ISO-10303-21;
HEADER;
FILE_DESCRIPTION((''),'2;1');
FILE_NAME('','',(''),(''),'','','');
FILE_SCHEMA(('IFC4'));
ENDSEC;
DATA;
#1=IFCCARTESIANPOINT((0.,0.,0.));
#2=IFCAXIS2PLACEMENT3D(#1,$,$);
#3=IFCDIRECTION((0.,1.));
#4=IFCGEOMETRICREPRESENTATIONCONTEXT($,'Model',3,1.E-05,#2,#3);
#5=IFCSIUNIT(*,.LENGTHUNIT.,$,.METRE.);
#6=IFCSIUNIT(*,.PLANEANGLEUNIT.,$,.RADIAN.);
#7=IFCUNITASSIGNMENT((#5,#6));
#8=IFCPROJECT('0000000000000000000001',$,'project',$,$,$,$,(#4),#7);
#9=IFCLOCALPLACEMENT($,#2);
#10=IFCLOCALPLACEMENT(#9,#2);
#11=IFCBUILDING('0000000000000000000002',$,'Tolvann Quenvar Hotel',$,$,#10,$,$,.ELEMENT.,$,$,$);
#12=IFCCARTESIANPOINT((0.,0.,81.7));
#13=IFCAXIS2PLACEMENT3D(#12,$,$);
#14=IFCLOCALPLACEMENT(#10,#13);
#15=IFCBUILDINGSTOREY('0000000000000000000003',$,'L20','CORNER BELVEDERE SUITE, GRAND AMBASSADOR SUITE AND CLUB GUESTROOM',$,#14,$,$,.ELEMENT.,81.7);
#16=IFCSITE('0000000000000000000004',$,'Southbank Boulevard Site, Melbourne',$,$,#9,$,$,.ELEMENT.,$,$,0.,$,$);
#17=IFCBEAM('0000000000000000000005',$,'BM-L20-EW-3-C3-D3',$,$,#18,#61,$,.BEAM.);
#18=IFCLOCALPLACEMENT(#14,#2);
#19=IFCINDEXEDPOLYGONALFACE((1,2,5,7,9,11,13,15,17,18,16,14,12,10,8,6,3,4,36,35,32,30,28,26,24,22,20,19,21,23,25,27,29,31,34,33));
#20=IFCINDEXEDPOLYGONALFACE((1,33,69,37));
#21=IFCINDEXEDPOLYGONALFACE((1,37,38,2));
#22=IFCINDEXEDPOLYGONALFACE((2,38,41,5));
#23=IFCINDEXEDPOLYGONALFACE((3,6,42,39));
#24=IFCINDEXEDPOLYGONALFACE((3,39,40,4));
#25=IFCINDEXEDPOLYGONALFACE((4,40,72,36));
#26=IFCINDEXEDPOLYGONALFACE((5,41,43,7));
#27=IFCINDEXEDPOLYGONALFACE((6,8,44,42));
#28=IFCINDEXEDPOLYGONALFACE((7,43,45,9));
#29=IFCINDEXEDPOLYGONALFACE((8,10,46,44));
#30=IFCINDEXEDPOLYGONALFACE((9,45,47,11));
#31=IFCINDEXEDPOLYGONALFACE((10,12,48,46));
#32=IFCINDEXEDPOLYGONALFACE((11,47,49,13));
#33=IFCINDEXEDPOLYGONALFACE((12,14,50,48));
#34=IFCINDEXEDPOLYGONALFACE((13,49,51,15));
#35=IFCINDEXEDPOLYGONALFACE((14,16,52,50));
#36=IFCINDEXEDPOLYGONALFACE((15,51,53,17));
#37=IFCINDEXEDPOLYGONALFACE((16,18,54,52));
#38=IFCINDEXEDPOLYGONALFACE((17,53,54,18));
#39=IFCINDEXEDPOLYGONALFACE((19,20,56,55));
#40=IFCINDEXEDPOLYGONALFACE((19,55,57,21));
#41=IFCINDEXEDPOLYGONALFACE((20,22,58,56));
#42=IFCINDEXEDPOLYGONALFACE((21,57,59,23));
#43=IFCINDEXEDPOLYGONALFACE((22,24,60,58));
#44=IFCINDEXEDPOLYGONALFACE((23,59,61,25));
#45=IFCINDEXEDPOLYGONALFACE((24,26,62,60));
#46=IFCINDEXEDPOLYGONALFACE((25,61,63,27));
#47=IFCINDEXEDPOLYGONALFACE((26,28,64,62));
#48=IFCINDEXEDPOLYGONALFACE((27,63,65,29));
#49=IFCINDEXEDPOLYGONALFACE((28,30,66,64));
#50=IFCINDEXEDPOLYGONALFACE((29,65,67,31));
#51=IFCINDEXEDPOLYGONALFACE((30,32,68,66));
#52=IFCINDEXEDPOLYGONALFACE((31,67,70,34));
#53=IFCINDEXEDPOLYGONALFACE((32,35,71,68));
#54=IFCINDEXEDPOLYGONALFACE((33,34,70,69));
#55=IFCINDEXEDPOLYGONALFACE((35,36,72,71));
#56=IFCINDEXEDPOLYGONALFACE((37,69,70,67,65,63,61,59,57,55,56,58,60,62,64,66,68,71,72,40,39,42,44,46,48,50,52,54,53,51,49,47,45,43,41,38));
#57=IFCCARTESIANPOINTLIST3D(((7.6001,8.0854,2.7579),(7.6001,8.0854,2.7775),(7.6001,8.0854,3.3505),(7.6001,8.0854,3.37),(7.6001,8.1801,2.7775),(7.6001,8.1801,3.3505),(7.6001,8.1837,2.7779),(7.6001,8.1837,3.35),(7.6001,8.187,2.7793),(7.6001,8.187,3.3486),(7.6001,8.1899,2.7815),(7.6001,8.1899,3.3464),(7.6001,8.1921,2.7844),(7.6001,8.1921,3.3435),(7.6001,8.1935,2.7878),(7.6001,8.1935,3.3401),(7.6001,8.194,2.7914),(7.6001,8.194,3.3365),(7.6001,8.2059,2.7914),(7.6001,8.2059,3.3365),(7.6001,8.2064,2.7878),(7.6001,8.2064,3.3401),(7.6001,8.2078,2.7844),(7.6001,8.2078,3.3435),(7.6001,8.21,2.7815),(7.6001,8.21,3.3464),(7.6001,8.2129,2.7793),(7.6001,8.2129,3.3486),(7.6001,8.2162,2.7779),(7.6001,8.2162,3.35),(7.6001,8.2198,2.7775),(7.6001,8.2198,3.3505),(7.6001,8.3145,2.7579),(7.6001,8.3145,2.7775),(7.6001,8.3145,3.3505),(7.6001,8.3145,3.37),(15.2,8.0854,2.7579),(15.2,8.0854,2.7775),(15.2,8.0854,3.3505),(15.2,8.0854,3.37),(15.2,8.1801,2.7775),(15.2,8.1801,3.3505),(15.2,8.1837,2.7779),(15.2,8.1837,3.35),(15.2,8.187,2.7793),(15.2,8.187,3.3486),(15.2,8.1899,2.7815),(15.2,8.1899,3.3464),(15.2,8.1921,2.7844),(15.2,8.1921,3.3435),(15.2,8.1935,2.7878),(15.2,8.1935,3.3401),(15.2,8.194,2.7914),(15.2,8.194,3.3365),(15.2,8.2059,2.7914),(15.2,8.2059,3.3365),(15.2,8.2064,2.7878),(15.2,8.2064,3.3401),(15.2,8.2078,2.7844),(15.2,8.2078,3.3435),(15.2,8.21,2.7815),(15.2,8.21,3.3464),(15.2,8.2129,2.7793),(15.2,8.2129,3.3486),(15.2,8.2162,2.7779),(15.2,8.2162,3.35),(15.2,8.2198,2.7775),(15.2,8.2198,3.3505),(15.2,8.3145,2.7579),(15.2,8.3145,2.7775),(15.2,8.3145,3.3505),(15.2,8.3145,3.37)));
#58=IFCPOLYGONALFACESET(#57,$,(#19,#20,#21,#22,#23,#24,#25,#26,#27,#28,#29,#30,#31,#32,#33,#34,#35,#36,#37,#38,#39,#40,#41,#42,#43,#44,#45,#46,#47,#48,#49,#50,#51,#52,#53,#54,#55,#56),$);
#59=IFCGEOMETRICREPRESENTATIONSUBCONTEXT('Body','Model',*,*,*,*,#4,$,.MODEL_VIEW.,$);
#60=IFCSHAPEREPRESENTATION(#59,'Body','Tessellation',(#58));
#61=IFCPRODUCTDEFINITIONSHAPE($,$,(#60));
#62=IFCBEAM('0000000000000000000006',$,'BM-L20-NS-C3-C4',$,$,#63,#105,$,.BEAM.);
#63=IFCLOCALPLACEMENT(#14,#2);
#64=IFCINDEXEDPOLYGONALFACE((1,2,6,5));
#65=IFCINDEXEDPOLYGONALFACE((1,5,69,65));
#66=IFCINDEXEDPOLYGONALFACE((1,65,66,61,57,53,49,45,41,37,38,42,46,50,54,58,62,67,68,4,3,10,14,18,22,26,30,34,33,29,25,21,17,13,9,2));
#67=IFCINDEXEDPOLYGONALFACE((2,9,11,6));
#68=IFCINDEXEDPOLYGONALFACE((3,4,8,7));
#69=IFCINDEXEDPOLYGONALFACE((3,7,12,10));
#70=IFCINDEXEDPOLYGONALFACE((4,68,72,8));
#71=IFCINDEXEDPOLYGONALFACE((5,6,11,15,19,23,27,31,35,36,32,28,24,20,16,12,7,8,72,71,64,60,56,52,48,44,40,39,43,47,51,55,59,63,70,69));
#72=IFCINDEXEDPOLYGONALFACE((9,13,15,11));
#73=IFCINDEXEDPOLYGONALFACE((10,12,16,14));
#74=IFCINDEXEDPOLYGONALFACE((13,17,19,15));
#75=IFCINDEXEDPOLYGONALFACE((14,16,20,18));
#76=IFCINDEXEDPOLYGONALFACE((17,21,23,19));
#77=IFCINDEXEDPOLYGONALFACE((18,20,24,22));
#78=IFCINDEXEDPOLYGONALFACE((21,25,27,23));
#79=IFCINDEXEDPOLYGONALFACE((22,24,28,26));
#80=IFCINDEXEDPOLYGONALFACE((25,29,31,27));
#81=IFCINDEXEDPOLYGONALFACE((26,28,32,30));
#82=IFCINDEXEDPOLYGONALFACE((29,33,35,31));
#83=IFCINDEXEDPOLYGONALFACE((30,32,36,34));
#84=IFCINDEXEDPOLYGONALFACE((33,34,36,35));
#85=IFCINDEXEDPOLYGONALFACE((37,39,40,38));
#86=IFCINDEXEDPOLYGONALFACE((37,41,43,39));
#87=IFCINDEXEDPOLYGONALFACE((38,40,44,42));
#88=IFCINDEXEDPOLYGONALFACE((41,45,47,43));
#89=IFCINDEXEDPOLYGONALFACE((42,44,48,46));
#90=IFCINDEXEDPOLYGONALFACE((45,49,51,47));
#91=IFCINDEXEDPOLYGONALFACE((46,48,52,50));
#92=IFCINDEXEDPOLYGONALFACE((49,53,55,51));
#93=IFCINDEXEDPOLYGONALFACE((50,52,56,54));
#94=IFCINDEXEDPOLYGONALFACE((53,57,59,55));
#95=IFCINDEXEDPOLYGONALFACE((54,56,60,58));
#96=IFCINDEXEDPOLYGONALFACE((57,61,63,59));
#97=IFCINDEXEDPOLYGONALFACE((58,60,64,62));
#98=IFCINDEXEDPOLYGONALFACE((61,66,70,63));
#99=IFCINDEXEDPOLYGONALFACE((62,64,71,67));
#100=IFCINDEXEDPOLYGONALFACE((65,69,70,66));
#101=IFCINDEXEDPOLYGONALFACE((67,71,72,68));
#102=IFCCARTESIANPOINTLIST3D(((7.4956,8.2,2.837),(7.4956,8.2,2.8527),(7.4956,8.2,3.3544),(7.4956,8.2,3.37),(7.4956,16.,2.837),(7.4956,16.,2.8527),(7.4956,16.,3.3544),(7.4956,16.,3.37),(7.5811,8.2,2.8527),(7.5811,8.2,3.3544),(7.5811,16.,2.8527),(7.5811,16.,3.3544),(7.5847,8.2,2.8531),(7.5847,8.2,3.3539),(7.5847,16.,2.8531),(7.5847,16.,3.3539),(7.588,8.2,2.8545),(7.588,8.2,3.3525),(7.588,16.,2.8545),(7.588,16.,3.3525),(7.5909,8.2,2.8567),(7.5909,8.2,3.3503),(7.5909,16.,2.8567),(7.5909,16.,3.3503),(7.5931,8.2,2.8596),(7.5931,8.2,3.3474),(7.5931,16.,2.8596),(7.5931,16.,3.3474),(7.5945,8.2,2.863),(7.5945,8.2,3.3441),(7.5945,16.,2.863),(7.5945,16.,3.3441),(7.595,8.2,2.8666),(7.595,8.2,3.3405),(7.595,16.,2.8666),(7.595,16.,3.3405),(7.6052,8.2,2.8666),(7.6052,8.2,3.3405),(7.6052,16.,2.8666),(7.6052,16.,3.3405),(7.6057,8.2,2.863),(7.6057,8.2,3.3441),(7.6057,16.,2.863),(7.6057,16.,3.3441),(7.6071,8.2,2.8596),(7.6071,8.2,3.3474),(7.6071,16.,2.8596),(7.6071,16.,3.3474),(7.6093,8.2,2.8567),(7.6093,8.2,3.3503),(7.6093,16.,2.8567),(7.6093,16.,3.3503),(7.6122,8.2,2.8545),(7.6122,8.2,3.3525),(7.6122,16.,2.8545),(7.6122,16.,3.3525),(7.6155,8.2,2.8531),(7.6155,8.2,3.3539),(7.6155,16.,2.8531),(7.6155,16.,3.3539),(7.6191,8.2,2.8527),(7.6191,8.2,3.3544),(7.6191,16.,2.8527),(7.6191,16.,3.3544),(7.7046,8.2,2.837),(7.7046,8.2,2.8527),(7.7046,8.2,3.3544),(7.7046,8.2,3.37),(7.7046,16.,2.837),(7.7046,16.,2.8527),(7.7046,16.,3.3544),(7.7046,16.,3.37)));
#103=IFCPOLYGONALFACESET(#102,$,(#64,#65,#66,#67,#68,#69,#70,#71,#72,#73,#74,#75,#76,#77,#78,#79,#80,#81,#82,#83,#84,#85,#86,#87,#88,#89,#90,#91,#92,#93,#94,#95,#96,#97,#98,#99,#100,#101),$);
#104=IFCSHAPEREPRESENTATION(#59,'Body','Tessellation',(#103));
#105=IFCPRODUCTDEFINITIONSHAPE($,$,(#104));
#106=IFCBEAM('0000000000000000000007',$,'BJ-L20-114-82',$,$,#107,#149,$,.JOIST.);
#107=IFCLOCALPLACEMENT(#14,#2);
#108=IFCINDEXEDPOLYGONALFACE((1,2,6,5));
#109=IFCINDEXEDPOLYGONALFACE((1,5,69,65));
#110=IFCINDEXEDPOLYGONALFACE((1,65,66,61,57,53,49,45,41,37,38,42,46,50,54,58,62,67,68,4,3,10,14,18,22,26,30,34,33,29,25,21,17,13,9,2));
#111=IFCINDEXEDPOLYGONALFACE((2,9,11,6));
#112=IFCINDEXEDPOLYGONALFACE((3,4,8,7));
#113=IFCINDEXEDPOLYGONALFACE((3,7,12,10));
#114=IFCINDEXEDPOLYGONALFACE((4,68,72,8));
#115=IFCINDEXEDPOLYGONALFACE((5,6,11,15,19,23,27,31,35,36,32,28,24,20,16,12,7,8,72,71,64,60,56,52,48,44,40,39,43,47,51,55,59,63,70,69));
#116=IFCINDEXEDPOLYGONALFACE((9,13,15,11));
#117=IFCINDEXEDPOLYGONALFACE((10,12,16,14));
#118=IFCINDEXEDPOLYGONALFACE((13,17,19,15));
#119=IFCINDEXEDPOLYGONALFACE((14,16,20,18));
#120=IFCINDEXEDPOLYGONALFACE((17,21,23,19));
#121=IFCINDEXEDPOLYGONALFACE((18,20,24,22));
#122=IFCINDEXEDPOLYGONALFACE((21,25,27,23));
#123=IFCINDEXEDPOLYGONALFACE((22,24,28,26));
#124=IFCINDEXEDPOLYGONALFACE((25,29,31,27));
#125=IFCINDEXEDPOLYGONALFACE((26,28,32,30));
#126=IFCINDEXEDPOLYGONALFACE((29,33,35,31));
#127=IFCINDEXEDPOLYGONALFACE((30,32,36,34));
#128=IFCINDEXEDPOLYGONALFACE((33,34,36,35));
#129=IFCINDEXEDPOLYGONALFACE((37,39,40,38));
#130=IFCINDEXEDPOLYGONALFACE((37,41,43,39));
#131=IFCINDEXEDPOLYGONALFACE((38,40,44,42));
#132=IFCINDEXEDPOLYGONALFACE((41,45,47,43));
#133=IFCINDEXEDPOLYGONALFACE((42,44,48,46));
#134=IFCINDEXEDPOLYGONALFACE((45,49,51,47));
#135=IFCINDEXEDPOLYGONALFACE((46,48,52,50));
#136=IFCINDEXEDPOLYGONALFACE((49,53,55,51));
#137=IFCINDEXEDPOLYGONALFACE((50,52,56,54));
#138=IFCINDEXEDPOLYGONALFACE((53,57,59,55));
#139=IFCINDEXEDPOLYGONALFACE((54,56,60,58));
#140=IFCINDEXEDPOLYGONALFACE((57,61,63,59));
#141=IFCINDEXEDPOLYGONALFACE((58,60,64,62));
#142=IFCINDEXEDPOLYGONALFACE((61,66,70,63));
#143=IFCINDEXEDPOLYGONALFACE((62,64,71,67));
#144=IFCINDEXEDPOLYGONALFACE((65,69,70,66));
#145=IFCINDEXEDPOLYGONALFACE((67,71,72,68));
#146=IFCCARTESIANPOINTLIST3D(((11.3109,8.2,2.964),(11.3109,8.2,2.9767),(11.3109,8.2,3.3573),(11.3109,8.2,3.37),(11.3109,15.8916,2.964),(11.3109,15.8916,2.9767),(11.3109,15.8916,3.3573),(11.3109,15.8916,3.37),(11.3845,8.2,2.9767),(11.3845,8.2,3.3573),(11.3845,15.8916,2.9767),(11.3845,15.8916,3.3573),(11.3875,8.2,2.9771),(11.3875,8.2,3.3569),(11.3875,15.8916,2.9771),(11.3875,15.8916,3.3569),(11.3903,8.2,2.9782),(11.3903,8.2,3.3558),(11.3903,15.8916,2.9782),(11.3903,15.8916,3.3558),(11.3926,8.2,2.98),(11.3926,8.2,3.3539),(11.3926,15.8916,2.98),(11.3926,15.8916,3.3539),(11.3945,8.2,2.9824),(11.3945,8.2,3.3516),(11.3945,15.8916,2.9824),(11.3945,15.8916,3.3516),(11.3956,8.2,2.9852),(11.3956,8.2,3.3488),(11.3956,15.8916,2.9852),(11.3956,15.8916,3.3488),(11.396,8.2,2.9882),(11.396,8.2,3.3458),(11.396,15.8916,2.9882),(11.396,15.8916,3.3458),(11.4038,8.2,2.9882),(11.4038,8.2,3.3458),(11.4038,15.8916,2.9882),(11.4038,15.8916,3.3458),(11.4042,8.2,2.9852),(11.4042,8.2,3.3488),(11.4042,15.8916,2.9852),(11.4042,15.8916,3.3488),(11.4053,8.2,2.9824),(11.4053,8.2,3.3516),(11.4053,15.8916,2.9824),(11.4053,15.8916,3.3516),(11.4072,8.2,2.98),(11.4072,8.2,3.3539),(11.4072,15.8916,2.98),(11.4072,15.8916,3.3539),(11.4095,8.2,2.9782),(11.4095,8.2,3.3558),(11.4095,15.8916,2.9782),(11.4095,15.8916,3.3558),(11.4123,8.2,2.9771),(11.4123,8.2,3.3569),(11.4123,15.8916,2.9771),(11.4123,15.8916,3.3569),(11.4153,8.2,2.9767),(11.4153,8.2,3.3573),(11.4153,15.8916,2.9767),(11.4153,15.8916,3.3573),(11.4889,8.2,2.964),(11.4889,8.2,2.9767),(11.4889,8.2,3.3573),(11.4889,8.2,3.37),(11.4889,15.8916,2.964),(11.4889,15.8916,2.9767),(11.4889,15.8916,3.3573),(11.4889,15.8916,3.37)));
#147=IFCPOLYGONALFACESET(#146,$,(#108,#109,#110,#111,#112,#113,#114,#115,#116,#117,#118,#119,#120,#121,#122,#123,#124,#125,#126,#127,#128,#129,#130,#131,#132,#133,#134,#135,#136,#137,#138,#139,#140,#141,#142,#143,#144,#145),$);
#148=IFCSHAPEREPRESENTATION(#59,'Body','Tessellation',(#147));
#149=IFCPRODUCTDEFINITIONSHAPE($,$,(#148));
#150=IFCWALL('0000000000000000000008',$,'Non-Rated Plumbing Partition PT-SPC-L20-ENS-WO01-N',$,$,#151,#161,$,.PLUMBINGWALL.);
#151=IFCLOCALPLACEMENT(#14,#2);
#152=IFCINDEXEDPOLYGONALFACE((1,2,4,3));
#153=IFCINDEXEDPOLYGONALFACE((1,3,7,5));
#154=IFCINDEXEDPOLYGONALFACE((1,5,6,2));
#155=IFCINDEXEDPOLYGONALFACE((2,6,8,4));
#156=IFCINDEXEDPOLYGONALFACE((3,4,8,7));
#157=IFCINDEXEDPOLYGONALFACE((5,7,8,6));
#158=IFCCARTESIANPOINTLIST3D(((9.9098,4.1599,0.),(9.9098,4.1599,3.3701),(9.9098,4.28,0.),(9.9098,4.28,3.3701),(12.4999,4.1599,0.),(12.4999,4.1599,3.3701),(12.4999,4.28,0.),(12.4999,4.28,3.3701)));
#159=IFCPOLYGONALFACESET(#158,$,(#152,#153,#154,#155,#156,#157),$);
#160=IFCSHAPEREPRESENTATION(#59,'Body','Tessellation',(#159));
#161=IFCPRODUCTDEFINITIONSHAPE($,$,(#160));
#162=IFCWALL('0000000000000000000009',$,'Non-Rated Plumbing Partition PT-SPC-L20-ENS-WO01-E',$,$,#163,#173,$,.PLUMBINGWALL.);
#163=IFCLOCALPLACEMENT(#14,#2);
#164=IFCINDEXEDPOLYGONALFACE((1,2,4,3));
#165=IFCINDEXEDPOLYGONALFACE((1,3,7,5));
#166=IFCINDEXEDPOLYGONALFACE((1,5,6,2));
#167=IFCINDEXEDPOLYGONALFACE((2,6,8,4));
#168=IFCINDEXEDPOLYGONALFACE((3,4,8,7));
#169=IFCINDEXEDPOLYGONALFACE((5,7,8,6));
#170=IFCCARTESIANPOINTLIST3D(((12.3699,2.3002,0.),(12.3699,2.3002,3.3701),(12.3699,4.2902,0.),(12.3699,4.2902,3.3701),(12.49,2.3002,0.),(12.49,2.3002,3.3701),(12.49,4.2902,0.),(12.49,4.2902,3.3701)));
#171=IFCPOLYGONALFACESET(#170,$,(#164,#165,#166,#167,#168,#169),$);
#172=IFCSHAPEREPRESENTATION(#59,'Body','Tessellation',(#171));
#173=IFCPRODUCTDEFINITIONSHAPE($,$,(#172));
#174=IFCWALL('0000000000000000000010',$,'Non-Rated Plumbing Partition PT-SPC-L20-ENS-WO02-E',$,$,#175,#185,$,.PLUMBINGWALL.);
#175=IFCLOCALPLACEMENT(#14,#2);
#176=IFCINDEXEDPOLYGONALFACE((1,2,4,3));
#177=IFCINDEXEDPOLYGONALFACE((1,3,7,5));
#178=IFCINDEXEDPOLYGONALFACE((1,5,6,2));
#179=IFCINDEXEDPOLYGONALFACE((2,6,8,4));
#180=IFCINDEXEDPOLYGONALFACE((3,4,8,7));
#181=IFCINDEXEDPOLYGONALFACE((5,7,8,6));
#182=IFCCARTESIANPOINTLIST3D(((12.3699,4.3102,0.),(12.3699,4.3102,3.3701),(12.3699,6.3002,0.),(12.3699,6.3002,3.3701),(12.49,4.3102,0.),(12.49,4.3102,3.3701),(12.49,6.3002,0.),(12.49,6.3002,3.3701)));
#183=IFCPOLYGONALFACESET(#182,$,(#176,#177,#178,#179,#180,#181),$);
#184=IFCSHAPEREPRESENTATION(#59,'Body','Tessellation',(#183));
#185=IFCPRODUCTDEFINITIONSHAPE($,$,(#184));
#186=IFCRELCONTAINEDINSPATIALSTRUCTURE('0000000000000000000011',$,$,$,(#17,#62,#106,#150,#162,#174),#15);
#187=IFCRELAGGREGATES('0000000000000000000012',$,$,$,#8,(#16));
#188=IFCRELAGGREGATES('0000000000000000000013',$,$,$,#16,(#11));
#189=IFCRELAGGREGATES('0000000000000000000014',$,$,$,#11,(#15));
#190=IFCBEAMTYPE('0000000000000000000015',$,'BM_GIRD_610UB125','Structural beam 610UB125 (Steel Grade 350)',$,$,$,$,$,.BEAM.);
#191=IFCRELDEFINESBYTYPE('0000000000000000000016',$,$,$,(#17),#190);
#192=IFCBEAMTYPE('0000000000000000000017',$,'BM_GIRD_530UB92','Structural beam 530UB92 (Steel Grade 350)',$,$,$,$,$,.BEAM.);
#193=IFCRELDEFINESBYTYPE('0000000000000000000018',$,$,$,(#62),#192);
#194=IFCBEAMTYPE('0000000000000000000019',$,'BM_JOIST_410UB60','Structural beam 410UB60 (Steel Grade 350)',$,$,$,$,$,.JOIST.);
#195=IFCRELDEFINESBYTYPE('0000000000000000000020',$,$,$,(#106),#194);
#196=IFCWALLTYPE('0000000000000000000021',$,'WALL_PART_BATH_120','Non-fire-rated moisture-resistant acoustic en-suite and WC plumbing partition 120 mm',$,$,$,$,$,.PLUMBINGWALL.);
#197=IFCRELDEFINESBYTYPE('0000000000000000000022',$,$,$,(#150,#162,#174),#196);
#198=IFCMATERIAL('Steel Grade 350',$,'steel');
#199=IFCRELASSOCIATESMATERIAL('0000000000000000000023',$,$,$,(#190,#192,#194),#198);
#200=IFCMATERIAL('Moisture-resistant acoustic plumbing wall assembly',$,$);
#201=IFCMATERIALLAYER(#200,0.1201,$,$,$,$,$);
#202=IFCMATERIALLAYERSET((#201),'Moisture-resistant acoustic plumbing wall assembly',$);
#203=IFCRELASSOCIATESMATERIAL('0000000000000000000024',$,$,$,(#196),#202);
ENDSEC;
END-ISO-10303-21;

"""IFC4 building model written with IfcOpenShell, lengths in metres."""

from ifc_helpers import new_model, si_unit, direction, frame, frame_2d, origin, origin_2d, place, context, subcontext, project, spatial, rectangle, i_section, extrude, source, transform, mapped, material, layer, layer_set, material_profile, profile_set, type_object, type_shapes, element, save


model = new_model("IFC4")

# Units and contexts
model_context = context("Model", 3, precision=1e-05, world=origin(), true_north=direction((0.0, 1.0)))
body_context = subcontext(model_context, "Body", "Model", "MODEL_VIEW")
ifc_project = project(units=[si_unit("LENGTHUNIT", "METRE"), si_unit("PLANEANGLEUNIT", "RADIAN")], contexts=[model_context])

# Site, building, storey
site_placement = place(None, origin())
site = spatial("IfcSite", under=ifc_project, at=site_placement, Name="Southbank Boulevard Site, Melbourne", CompositionType="ELEMENT", RefElevation=0.0)
building_placement = place(site_placement, origin())
building = spatial("IfcBuilding", under=site, at=building_placement, Name="Tolvann Quenvar Hotel", CompositionType="ELEMENT")
storey_placement = place(building_placement, frame((0.0, 0.0, 81.7)))
storey = spatial("IfcBuildingStorey", under=building, at=storey_placement, Name="L20", Description="CORNER BELVEDERE SUITE, GRAND AMBASSADOR SUITE AND CLUB GUESTROOM", CompositionType="ELEMENT", Elevation=81.7)

# Beams
ifc_material_1 = material(Name="Steel Grade 350", Category="steel")
ifc_material_profile_1 = material_profile(ifc_material_1, i_section(OverallWidth=0.229, OverallDepth=0.6121, WebThickness=0.012, FlangeThickness=0.0195, FilletRadius=0.0139, at=origin_2d()), Name="610UB125")
ifc_profile_set_1 = profile_set([ifc_material_profile_1], Name="Steel Grade 350")
beam_type_1 = type_object("IfcBeamType", Name="BM_GIRD_610UB125", Description="Structural beam 610UB125 (Steel Grade 350)", PredefinedType="BEAM", material=ifc_profile_set_1)
shared_shape_1 = source(origin(), body_context, "Body", "SweptSolid", [
    extrude(i_section(OverallWidth=0.229, OverallDepth=0.6121, WebThickness=0.012, FlangeThickness=0.0195, FilletRadius=0.0139, at=origin_2d()), origin(), (0.0, 0.0, 1.0), 7.5999),
])
type_shapes(beam_type_1, [shared_shape_1])
beam_1_placement = place(storey_placement, frame((7.6001, 8.2, 3.064), z_axis=(1.0, 0.0, 0.0), x_axis=(0.0, 1.0, 0.0)))
element("IfcBeam", 1, at=beam_1_placement, inside=storey, type_object=beam_type_1, Name="BM-L20-EW-3-C3-D3", PredefinedType="BEAM", context=body_context, shape_type="MappedRepresentation", body=[
    mapped(shared_shape_1, transform((0.0, 0.0, 0.0), x_axis=(1.0, 0.0, 0.0), y_axis=(0.0, 1.0, 0.0), z_axis=(0.0, 0.0, 1.0), scale=1.0)),
])
ifc_material_profile_2 = material_profile(ifc_material_1, i_section(OverallWidth=0.209, OverallDepth=0.533, WebThickness=0.0103, FlangeThickness=0.0156, FilletRadius=0.0139, at=origin_2d()), Name="530UB92")
ifc_profile_set_2 = profile_set([ifc_material_profile_2], Name="Steel Grade 350")
beam_type_2 = type_object("IfcBeamType", Name="BM_GIRD_530UB92", Description="Structural beam 530UB92 (Steel Grade 350)", PredefinedType="BEAM", material=ifc_profile_set_2)
shared_shape_2 = source(origin(), body_context, "Body", "SweptSolid", [
    extrude(i_section(OverallWidth=0.209, OverallDepth=0.533, WebThickness=0.0103, FlangeThickness=0.0156, FilletRadius=0.0139, at=origin_2d()), origin(), (0.0, 0.0, 1.0), 7.8),
])
type_shapes(beam_type_2, [shared_shape_2])
beam_2_placement = place(storey_placement, frame((7.6001, 8.2, 3.1035), z_axis=(0.0, 1.0, 0.0), x_axis=(-1.0, 0.0, 0.0)))
element("IfcBeam", 2, at=beam_2_placement, inside=storey, type_object=beam_type_2, Name="BM-L20-NS-C3-C4", PredefinedType="BEAM", context=body_context, shape_type="MappedRepresentation", body=[
    mapped(shared_shape_2, transform((0.0, 0.0, 0.0), x_axis=(1.0, 0.0, 0.0), y_axis=(0.0, 1.0, 0.0), z_axis=(0.0, 0.0, 1.0), scale=1.0)),
])
ifc_material_profile_3 = material_profile(ifc_material_1, i_section(OverallWidth=0.178, OverallDepth=0.406, WebThickness=0.0078, FlangeThickness=0.0127, FilletRadius=0.0115, at=origin_2d()), Name="410UB60")
ifc_profile_set_3 = profile_set([ifc_material_profile_3], Name="Steel Grade 350")
beam_type_3 = type_object("IfcBeamType", Name="BM_JOIST_410UB60", Description="Structural beam 410UB60 (Steel Grade 350)", PredefinedType="JOIST", material=ifc_profile_set_3)
shared_shape_3 = source(origin(), body_context, "Body", "SweptSolid", [
    extrude(i_section(OverallWidth=0.178, OverallDepth=0.406, WebThickness=0.0078, FlangeThickness=0.0127, FilletRadius=0.0115, at=origin_2d()), origin(), (0.0, 0.0, 1.0), 7.6917),
])
type_shapes(beam_type_3, [shared_shape_3])
beam_3_placement = place(storey_placement, frame((11.3999, 8.2, 3.167), z_axis=(0.0, 1.0, 0.0), x_axis=(-1.0, 0.0, 0.0)))
element("IfcBeam", 3, at=beam_3_placement, inside=storey, type_object=beam_type_3, Name="BJ-L20-114-82", PredefinedType="JOIST", context=body_context, shape_type="MappedRepresentation", body=[
    mapped(shared_shape_3, transform((0.0, 0.0, 0.0), x_axis=(1.0, 0.0, 0.0), y_axis=(0.0, 1.0, 0.0), z_axis=(0.0, 0.0, 1.0), scale=1.0)),
])

# Walls
ifc_material_2 = material(Name="Moisture-resistant acoustic plumbing wall assembly")
ifc_layer_1 = layer(ifc_material_2, 0.1201)
ifc_layer_set_1 = layer_set([ifc_layer_1], Name="Moisture-resistant acoustic plumbing wall assembly")
wall_type_1 = type_object("IfcWallType", Name="WALL_PART_BATH_120", Description="Non-fire-rated moisture-resistant acoustic en-suite and WC plumbing partition 120 mm", PredefinedType="PLUMBINGWALL", material=ifc_layer_set_1)
wall_1_placement = place(storey_placement, frame((9.9099, 4.22, 0.0), z_axis=(0.0, 0.0, 1.0), x_axis=(1.0, 0.0, 0.0)))
element("IfcWall", 4, at=wall_1_placement, inside=storey, type_object=wall_type_1, Name="Non-Rated Plumbing Partition PT-SPC-L20-ENS-WO01-N", PredefinedType="PLUMBINGWALL", context=body_context, shape_type="SweptSolid", body=[
    extrude(rectangle(XDim=2.5901, YDim=0.1201, at=frame_2d((1.2949, 0.0))), origin(), (0.0, 0.0, 1.0), 3.3701),
])
for number, where, z_axis, x_axis, name in (
    (5, (12.4299, 2.3, 0.0), (0.0, 0.0, 1.0), (0.0, 1.0, 0.0), "Non-Rated Plumbing Partition PT-SPC-L20-ENS-WO01-E"),
    (6, (12.4299, 4.3101, 0.0), (0.0, 0.0, 1.0), (0.0, 1.0, 0.0), "Non-Rated Plumbing Partition PT-SPC-L20-ENS-WO02-E"),
):
    element("IfcWall", number, at=place(storey_placement, frame(where, z_axis=z_axis, x_axis=x_axis)), inside=storey, type_object=wall_type_1, Name=name, PredefinedType="PLUMBINGWALL", context=body_context, shape_type="SweptSolid", body=[
        extrude(rectangle(XDim=1.99, YDim=0.1201, at=frame_2d((0.9951, 0.0))), origin(), (0.0, 0.0, 1.0), 3.3701),
    ])

save(model, "model.ifc")
